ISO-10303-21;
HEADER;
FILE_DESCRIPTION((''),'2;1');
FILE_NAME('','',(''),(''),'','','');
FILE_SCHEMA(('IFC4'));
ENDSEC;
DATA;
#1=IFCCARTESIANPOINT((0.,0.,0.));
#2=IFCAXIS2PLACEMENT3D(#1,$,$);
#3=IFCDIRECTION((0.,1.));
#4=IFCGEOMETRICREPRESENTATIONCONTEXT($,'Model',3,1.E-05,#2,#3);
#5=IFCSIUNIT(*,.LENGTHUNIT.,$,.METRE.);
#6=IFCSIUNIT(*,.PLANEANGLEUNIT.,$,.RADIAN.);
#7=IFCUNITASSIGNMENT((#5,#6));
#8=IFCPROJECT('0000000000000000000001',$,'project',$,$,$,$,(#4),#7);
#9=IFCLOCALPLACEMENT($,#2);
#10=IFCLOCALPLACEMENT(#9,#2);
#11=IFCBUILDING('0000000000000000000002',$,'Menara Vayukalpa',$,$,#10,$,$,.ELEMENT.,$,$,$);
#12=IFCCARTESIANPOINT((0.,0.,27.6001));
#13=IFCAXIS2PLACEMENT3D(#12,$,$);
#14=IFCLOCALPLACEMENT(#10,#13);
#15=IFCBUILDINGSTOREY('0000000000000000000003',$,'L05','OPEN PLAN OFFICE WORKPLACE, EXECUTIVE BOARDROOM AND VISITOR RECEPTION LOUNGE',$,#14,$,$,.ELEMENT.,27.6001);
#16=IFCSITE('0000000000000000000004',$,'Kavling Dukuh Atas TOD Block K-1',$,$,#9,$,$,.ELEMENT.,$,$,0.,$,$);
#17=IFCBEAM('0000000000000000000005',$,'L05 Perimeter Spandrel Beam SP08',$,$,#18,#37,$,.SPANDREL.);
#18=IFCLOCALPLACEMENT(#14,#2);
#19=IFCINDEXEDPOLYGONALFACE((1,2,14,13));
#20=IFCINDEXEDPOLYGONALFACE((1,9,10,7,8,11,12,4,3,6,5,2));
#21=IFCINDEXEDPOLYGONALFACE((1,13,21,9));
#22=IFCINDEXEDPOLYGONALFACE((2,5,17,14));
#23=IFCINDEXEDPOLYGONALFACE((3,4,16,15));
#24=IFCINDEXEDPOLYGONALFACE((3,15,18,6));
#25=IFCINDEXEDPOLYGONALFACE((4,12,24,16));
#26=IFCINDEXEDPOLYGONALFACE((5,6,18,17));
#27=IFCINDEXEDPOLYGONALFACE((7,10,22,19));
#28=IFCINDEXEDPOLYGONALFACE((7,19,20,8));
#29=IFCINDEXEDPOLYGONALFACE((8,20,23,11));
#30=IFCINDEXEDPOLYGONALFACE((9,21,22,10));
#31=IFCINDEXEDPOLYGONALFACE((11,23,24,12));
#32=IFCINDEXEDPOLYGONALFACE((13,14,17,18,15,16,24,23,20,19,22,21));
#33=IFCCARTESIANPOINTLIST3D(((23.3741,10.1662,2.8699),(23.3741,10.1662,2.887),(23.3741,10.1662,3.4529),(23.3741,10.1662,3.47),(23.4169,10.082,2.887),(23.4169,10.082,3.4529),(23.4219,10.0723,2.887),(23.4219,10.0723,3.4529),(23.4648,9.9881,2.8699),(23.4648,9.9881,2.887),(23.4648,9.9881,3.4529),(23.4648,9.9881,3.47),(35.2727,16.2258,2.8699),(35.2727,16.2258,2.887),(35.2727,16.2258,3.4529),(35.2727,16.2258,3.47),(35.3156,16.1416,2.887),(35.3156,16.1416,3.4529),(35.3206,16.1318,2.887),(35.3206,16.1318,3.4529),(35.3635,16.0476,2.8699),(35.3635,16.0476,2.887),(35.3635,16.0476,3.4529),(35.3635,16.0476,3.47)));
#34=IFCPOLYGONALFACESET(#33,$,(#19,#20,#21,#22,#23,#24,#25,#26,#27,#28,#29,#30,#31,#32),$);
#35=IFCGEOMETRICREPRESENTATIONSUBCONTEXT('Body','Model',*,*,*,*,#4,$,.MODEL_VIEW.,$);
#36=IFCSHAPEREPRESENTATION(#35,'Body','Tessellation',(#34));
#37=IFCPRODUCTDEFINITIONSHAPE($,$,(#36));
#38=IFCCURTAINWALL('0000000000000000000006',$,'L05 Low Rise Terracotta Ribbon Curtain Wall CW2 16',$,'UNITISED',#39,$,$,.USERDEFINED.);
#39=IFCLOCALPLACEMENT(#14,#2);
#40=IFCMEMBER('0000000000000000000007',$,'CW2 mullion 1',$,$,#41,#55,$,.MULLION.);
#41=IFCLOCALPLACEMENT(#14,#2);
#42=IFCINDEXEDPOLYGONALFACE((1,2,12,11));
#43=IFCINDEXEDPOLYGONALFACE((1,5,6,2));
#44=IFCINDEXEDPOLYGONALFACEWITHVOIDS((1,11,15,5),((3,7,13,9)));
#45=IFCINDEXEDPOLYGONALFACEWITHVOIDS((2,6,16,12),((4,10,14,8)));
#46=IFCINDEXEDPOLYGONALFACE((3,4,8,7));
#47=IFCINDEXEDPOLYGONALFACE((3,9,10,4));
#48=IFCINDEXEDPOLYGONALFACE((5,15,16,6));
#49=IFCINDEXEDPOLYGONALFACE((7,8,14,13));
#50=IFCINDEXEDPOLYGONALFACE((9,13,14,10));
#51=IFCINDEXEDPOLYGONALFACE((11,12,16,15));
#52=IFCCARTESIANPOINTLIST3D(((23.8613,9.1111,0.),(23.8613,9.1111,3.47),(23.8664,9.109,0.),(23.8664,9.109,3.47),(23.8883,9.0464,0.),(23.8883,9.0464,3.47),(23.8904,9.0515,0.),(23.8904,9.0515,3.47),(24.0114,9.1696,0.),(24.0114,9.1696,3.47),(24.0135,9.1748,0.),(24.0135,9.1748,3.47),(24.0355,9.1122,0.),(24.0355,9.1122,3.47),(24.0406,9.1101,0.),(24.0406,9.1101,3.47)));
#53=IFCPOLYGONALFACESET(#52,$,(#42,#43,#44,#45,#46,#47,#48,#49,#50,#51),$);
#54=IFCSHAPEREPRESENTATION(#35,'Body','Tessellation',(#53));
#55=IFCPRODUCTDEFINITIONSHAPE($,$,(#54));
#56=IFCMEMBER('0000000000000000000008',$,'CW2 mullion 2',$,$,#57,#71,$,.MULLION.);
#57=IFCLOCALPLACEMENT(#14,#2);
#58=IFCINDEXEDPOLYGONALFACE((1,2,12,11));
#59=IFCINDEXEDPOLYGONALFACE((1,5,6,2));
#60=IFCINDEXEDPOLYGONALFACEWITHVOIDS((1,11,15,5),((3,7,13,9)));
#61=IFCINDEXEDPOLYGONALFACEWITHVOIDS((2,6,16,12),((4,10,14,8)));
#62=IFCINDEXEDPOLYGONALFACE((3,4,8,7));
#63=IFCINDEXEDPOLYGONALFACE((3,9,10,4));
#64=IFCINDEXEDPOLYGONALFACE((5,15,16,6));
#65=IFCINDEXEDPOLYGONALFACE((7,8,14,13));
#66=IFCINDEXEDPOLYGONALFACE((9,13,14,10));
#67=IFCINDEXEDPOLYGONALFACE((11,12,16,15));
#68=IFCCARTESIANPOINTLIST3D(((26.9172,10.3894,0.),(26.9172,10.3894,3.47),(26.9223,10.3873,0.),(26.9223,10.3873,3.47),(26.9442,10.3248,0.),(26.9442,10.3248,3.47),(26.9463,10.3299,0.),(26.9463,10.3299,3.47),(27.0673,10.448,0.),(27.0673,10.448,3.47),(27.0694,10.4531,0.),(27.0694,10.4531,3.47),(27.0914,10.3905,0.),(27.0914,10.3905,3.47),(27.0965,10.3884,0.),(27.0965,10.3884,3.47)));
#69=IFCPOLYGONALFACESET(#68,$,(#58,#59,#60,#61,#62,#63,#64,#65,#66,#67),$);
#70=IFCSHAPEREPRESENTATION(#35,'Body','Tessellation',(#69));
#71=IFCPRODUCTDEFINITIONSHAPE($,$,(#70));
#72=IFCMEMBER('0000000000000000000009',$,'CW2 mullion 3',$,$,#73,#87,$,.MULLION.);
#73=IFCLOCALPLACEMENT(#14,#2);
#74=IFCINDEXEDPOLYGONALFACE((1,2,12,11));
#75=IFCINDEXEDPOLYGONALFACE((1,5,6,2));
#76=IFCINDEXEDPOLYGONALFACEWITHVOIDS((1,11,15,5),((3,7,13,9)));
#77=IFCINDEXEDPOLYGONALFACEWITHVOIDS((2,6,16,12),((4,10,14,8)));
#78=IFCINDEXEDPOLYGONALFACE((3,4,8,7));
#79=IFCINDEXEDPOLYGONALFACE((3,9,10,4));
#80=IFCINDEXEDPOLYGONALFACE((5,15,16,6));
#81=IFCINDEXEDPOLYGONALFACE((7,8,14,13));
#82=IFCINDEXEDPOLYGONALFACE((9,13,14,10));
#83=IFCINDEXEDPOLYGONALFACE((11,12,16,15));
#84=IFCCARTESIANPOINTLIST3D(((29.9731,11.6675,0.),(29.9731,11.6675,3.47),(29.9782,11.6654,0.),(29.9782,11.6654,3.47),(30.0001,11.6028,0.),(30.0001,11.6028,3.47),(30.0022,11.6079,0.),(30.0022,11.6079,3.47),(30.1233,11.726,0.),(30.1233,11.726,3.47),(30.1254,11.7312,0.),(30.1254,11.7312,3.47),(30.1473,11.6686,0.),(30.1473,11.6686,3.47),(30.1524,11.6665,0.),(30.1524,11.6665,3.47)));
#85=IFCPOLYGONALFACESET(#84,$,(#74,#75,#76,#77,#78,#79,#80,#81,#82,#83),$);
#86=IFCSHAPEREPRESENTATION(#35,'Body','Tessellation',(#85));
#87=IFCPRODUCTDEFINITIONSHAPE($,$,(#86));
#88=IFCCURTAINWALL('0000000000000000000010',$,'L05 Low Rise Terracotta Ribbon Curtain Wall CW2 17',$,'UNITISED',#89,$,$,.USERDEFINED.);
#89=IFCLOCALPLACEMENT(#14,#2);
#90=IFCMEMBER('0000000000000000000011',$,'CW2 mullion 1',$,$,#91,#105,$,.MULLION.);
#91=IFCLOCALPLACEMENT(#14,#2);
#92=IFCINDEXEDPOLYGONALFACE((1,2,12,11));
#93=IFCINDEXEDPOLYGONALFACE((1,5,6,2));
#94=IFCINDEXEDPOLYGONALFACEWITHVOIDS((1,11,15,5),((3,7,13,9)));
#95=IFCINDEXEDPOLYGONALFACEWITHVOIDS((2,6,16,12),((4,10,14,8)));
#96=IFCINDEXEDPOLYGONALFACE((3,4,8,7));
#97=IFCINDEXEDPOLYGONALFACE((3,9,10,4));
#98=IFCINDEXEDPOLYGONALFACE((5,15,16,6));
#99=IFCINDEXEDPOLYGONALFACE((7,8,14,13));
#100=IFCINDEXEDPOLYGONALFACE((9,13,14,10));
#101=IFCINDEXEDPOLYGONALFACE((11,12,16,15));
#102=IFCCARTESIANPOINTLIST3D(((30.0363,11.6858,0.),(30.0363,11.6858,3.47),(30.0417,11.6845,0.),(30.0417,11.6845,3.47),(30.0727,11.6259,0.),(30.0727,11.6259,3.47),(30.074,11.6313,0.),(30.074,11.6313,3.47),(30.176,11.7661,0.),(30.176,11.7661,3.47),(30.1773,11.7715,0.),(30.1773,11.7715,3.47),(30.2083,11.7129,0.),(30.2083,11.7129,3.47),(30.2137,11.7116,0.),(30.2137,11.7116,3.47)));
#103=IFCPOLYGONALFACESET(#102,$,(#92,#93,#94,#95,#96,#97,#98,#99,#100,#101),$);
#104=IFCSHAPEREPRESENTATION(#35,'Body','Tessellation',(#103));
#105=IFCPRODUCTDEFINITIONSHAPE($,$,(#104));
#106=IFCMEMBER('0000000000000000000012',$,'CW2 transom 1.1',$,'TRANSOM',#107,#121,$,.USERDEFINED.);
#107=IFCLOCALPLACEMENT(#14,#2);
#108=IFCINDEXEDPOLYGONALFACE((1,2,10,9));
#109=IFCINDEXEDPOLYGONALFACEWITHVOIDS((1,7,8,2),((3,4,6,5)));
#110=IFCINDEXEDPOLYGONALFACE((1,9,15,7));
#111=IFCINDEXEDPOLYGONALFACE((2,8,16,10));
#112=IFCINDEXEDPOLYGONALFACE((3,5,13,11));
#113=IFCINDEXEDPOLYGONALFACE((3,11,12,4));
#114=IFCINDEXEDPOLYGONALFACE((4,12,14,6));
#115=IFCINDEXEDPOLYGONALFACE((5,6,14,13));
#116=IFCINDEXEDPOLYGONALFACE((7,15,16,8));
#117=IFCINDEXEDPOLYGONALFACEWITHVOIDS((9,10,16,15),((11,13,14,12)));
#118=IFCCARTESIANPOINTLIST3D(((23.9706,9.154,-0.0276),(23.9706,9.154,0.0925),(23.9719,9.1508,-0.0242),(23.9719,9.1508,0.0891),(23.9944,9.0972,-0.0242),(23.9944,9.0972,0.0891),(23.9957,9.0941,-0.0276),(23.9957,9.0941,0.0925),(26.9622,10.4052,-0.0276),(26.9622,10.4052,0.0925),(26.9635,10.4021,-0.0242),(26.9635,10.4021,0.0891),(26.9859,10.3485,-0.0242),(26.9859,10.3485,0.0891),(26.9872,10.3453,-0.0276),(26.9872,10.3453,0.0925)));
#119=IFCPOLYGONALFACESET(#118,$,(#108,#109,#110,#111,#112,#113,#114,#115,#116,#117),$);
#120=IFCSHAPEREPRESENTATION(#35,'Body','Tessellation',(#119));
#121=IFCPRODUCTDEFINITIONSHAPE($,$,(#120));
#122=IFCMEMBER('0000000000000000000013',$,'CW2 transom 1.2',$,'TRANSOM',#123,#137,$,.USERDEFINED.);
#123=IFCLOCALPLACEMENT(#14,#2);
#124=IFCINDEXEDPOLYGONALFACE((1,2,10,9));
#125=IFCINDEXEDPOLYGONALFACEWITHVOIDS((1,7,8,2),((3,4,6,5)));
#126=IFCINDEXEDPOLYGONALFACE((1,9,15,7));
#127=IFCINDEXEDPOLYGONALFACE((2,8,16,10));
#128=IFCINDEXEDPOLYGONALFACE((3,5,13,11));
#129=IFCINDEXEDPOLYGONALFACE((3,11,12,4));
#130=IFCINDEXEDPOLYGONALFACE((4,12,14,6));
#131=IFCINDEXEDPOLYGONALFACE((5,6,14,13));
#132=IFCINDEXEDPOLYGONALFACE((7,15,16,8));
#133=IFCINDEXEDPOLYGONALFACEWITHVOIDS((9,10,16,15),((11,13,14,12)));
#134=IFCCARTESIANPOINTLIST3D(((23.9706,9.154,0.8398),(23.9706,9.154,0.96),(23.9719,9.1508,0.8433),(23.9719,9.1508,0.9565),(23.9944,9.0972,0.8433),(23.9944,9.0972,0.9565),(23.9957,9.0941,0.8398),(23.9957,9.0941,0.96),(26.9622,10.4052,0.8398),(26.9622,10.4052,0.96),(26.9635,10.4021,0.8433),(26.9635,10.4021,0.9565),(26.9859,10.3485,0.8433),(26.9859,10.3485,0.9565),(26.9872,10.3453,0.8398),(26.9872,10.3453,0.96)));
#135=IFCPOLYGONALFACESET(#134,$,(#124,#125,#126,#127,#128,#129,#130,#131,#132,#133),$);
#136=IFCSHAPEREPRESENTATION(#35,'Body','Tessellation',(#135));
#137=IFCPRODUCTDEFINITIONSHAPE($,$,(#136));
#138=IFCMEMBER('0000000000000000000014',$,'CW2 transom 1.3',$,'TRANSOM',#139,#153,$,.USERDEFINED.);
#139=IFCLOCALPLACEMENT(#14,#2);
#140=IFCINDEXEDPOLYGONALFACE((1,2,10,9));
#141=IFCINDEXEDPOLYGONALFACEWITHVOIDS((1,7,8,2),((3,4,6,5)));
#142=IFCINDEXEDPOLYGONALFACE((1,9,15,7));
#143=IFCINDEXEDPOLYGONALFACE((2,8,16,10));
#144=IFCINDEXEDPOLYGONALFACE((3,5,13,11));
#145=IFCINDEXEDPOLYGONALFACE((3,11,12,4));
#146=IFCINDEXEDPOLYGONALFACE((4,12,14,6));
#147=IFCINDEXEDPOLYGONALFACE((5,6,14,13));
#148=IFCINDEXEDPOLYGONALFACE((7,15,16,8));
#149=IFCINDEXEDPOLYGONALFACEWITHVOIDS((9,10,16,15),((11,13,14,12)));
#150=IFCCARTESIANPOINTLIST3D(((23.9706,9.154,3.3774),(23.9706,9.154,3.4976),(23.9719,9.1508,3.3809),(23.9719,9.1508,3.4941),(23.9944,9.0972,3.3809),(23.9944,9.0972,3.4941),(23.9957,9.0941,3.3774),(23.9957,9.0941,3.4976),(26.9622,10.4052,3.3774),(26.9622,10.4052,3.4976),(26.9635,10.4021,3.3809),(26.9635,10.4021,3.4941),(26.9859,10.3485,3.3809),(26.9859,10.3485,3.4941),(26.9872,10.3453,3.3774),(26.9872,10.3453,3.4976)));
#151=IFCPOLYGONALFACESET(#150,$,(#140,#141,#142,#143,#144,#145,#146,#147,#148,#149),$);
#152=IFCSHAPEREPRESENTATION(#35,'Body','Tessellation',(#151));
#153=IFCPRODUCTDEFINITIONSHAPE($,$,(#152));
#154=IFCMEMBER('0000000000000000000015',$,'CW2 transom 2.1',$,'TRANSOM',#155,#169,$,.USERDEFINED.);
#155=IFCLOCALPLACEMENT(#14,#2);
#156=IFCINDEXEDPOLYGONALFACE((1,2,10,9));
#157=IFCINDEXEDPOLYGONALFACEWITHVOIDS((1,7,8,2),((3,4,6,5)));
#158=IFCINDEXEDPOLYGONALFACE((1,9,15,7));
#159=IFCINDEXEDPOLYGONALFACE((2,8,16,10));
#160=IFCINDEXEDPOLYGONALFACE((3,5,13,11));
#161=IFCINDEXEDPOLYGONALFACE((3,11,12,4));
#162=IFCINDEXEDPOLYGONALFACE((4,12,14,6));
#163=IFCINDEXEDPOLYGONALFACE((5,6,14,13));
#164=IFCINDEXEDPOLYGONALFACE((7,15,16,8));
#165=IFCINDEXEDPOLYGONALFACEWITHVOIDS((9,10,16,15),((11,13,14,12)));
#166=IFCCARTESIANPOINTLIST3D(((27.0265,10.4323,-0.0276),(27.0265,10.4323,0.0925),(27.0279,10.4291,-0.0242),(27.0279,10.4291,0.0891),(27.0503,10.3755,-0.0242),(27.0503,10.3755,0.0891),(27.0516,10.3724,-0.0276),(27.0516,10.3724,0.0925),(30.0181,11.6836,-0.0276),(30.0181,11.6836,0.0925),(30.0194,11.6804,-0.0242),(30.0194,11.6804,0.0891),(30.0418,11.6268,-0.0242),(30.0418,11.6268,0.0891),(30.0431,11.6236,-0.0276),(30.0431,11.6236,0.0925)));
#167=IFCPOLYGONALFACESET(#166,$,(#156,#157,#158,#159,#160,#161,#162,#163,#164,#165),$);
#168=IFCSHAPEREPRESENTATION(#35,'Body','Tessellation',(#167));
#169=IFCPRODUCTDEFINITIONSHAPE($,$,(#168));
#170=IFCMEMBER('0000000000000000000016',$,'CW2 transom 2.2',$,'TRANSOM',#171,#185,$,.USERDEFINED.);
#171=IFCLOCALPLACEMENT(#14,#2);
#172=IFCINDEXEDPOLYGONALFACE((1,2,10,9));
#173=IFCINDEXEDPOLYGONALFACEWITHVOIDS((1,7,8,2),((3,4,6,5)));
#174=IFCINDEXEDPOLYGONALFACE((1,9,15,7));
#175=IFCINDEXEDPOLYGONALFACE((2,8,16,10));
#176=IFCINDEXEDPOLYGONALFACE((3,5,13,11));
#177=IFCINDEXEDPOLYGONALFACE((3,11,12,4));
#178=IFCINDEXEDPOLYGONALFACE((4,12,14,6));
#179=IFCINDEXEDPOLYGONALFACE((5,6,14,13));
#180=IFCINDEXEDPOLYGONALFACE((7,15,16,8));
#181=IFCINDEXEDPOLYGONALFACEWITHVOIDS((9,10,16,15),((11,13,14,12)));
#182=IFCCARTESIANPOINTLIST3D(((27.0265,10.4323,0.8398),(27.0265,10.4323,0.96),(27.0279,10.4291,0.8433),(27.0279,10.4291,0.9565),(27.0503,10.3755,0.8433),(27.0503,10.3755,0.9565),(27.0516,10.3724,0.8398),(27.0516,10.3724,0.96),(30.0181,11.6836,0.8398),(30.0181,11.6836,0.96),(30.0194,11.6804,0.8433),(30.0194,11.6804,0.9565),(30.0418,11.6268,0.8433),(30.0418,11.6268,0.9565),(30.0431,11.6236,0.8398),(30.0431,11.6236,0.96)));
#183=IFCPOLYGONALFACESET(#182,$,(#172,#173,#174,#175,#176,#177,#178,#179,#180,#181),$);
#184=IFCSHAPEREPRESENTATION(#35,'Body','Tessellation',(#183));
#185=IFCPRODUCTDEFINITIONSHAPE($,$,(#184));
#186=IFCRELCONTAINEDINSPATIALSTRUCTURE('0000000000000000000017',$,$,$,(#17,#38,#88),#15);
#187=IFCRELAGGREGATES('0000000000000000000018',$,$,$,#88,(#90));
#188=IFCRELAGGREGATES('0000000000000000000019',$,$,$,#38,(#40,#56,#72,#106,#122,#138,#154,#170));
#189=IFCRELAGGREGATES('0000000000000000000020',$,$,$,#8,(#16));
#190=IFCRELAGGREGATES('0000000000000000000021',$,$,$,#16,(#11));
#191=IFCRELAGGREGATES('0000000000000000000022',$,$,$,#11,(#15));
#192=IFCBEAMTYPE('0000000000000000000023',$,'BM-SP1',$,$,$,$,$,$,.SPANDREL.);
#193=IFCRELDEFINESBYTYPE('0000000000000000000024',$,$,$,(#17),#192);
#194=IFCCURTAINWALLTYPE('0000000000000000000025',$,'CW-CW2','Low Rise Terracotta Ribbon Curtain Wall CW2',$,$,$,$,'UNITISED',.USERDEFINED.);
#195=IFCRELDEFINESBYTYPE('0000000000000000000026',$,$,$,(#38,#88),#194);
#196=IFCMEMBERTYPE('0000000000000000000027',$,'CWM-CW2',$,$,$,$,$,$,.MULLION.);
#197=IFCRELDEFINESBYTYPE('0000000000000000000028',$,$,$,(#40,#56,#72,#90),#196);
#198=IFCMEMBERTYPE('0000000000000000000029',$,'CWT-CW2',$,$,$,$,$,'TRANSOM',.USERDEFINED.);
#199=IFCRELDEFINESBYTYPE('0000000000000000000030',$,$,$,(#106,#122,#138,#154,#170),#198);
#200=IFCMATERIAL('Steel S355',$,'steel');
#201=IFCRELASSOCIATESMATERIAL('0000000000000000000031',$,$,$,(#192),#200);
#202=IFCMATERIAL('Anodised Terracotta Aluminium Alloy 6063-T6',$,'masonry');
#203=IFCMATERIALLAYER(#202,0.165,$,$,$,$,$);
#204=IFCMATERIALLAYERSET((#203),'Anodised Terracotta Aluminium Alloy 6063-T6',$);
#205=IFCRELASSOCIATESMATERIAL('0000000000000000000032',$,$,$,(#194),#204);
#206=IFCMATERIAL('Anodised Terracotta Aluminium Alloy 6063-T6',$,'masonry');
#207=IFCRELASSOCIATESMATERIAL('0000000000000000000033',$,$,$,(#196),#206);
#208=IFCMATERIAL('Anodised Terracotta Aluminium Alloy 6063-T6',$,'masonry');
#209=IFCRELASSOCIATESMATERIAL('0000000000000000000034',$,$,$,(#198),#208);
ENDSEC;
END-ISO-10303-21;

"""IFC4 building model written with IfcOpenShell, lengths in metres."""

from ifc_helpers import new_model, si_unit, direction, frame, origin, origin_2d, place, context, subcontext, project, spatial, hollow_rectangle, i_section, extrude, material, layer, layer_set, material_profile, profile_set, type_object, element, aggregate, save


model = new_model("IFC4")

# Units and contexts
model_context = context("Model", 3, precision=1e-05, world=origin(), true_north=direction((0.0, 1.0)))
body_context = subcontext(model_context, "Body", "Model", "MODEL_VIEW")
ifc_project = project(units=[si_unit("LENGTHUNIT", "METRE"), si_unit("PLANEANGLEUNIT", "RADIAN")], contexts=[model_context])

# Site, building, storey
site_placement = place(None, origin())
site = spatial("IfcSite", under=ifc_project, at=site_placement, Name="Kavling Dukuh Atas TOD Block K-1", CompositionType="ELEMENT", RefElevation=0.0)
building_placement = place(site_placement, origin())
building = spatial("IfcBuilding", under=site, at=building_placement, Name="Menara Vayukalpa", CompositionType="ELEMENT")
storey_placement = place(building_placement, frame((0.0, 0.0, 27.6001)))
storey = spatial("IfcBuildingStorey", under=building, at=storey_placement, Name="L05", Description="OPEN PLAN OFFICE WORKPLACE, EXECUTIVE BOARDROOM AND VISITOR RECEPTION LOUNGE", CompositionType="ELEMENT", Elevation=27.6001)

# Beam
ifc_material_1 = material(Name="Steel S355", Category="steel")
ifc_material_profile_1 = material_profile(ifc_material_1, i_section(OverallWidth=0.2, OverallDepth=0.6001, WebThickness=0.011, FlangeThickness=0.0171, at=origin_2d()), Name="WF 600x200x11x17")
ifc_profile_set_1 = profile_set([ifc_material_profile_1], Name="Steel S355")
beam_type = type_object("IfcBeamType", Name="BM-SP1", PredefinedType="SPANDREL", material=ifc_profile_set_1)
beam_placement = place(storey_placement, frame((23.4194, 10.0771, 3.1699), z_axis=(0.891101, 0.453806, 0.0), x_axis=(-0.453806, 0.891101, 0.0)))
element("IfcBeam", 1, at=beam_placement, inside=storey, type_object=beam_type, Name="L05 Perimeter Spandrel Beam SP08", PredefinedType="SPANDREL", context=body_context, shape_type="SweptSolid", body=[
    extrude(i_section(OverallWidth=0.2, OverallDepth=0.6001, WebThickness=0.011, FlangeThickness=0.0171, at=origin_2d()), origin(), (0.0, 0.0, 1.0), 13.3528),
])

# Curtain wall, members
ifc_material_2 = material(Name="Anodised Terracotta Aluminium Alloy 6063-T6", Category="masonry")
ifc_layer_1 = layer(ifc_material_2, 0.165)
ifc_layer_set_1 = layer_set([ifc_layer_1], Name="Anodised Terracotta Aluminium Alloy 6063-T6")
curtain_wall_type = type_object("IfcCurtainWallType", Name="CW-CW2", Description="Low Rise Terracotta Ribbon Curtain Wall CW2", ElementType="UNITISED", PredefinedType="USERDEFINED", material=ifc_layer_set_1)
curtain_wall_1_placement = place(storey_placement, origin())
curtain_wall_1 = element("IfcCurtainWall", 2, at=curtain_wall_1_placement, inside=storey, type_object=curtain_wall_type, Name="L05 Low Rise Terracotta Ribbon Curtain Wall CW2 16", ObjectType="UNITISED", PredefinedType="USERDEFINED")
ifc_material_3 = material(Name="Anodised Terracotta Aluminium Alloy 6063-T6", Category="masonry")
ifc_material_profile_2 = material_profile(ifc_material_3, hollow_rectangle(XDim=0.0701, YDim=0.165, WallThickness=0.0039, at=origin_2d()), Name="ALU 70x165x4")
ifc_profile_set_2 = profile_set([ifc_material_profile_2], Name="Anodised Terracotta Aluminium Alloy 6063-T6")
member_type_1 = type_object("IfcMemberType", Name="CWM-CW2", PredefinedType="MULLION", material=ifc_profile_set_2)
member_1_placement = place(storey_placement, frame((23.9509, 9.1106, 0.0), z_axis=(0.0, 0.0, 1.0), x_axis=(-0.385895, 0.922543, 0.0)))
member_1 = element("IfcMember", 3, at=member_1_placement, type_object=member_type_1, Name="CW2 mullion 1", PredefinedType="MULLION", context=body_context, shape_type="SweptSolid", body=[
    extrude(hollow_rectangle(XDim=0.0701, YDim=0.165, WallThickness=0.0039, at=origin_2d()), origin(), (0.0, 0.0, 1.0), 3.47),
])
member_2_placement = place(storey_placement, frame((27.0068, 10.3889, 0.0), z_axis=(0.0, 0.0, 1.0), x_axis=(-0.385895, 0.922543, 0.0)))
member_2 = element("IfcMember", 4, at=member_2_placement, type_object=member_type_1, Name="CW2 mullion 2", PredefinedType="MULLION", context=body_context, shape_type="SweptSolid", body=[
    extrude(hollow_rectangle(XDim=0.0701, YDim=0.165, WallThickness=0.0039, at=origin_2d()), origin(), (0.0, 0.0, 1.0), 3.47),
])
member_3_placement = place(storey_placement, frame((30.0627, 11.667, 0.0), z_axis=(0.0, 0.0, 1.0), x_axis=(-0.385895, 0.922543, 0.0)))
member_3 = element("IfcMember", 5, at=member_3_placement, type_object=member_type_1, Name="CW2 mullion 3", PredefinedType="MULLION", context=body_context, shape_type="SweptSolid", body=[
    extrude(hollow_rectangle(XDim=0.0701, YDim=0.165, WallThickness=0.0039, at=origin_2d()), origin(), (0.0, 0.0, 1.0), 3.47),
])

# Curtain wall, member
curtain_wall_2_placement = place(storey_placement, origin())
curtain_wall_2 = element("IfcCurtainWall", 6, at=curtain_wall_2_placement, inside=storey, type_object=curtain_wall_type, Name="L05 Low Rise Terracotta Ribbon Curtain Wall CW2 17", ObjectType="UNITISED", PredefinedType="USERDEFINED")
member_4_placement = place(storey_placement, frame((30.125, 11.6987, 0.0), z_axis=(0.0, 0.0, 1.0), x_axis=(-0.519182, 0.854664, 0.0)))
member_4 = element("IfcMember", 7, at=member_4_placement, type_object=member_type_1, Name="CW2 mullion 1", PredefinedType="MULLION", context=body_context, shape_type="SweptSolid", body=[
    extrude(hollow_rectangle(XDim=0.0701, YDim=0.165, WallThickness=0.0039, at=origin_2d()), origin(), (0.0, 0.0, 1.0), 3.47),
])

# Members
ifc_material_4 = material(Name="Anodised Terracotta Aluminium Alloy 6063-T6", Category="masonry")
ifc_material_profile_3 = material_profile(ifc_material_4, hollow_rectangle(XDim=0.0649, YDim=0.1201, WallThickness=0.0034, at=origin_2d()), Name="ALU 65x120x3.5")
ifc_profile_set_3 = profile_set([ifc_material_profile_3], Name="Anodised Terracotta Aluminium Alloy 6063-T6")
member_type_2 = type_object("IfcMemberType", Name="CWT-CW2", ElementType="TRANSOM", PredefinedType="USERDEFINED", material=ifc_profile_set_3)
member_5_placement = place(storey_placement, frame((23.9832, 9.124, 0.0325), z_axis=(0.922553, 0.385871, 0.0), x_axis=(-0.385871, 0.922553, 0.0)))
member_5 = element("IfcMember", 8, at=member_5_placement, type_object=member_type_2, Name="CW2 transom 1.1", ObjectType="TRANSOM", PredefinedType="USERDEFINED", context=body_context, shape_type="SweptSolid", body=[
    extrude(hollow_rectangle(XDim=0.0649, YDim=0.1201, WallThickness=0.0034, at=origin_2d()), origin(), (0.0, 0.0, 1.0), 3.2427),
])
member_6_placement = place(storey_placement, frame((23.9832, 9.124, 0.8999), z_axis=(0.922553, 0.385871, 0.0), x_axis=(-0.385871, 0.922553, 0.0)))
member_6 = element("IfcMember", 9, at=member_6_placement, type_object=member_type_2, Name="CW2 transom 1.2", ObjectType="TRANSOM", PredefinedType="USERDEFINED", context=body_context, shape_type="SweptSolid", body=[
    extrude(hollow_rectangle(XDim=0.0649, YDim=0.1201, WallThickness=0.0034, at=origin_2d()), origin(), (0.0, 0.0, 1.0), 3.2427),
])
member_7_placement = place(storey_placement, frame((23.9832, 9.124, 3.4375), z_axis=(0.922553, 0.385871, 0.0), x_axis=(-0.385871, 0.922553, 0.0)))
member_7 = element("IfcMember", 10, at=member_7_placement, type_object=member_type_2, Name="CW2 transom 1.3", ObjectType="TRANSOM", PredefinedType="USERDEFINED", context=body_context, shape_type="SweptSolid", body=[
    extrude(hollow_rectangle(XDim=0.0649, YDim=0.1201, WallThickness=0.0034, at=origin_2d()), origin(), (0.0, 0.0, 1.0), 3.2427),
])
member_8_placement = place(storey_placement, frame((27.0391, 10.4023, 0.0325), z_axis=(0.922553, 0.385871, 0.0), x_axis=(-0.385871, 0.922553, 0.0)))
member_8 = element("IfcMember", 11, at=member_8_placement, type_object=member_type_2, Name="CW2 transom 2.1", ObjectType="TRANSOM", PredefinedType="USERDEFINED", context=body_context, shape_type="SweptSolid", body=[
    extrude(hollow_rectangle(XDim=0.0649, YDim=0.1201, WallThickness=0.0034, at=origin_2d()), origin(), (0.0, 0.0, 1.0), 3.2427),
])
member_9_placement = place(storey_placement, frame((27.0391, 10.4023, 0.8999), z_axis=(0.922553, 0.385871, 0.0), x_axis=(-0.385871, 0.922553, 0.0)))
member_9 = element("IfcMember", 12, at=member_9_placement, type_object=member_type_2, Name="CW2 transom 2.2", ObjectType="TRANSOM", PredefinedType="USERDEFINED", context=body_context, shape_type="SweptSolid", body=[
    extrude(hollow_rectangle(XDim=0.0649, YDim=0.1201, WallThickness=0.0034, at=origin_2d()), origin(), (0.0, 0.0, 1.0), 3.2427),
])
aggregate(curtain_wall_2, [member_4])

aggregate(curtain_wall_1, [member_1, member_2, member_3, member_5, member_6, member_7, member_8, member_9])

save(model, "model.ifc")
